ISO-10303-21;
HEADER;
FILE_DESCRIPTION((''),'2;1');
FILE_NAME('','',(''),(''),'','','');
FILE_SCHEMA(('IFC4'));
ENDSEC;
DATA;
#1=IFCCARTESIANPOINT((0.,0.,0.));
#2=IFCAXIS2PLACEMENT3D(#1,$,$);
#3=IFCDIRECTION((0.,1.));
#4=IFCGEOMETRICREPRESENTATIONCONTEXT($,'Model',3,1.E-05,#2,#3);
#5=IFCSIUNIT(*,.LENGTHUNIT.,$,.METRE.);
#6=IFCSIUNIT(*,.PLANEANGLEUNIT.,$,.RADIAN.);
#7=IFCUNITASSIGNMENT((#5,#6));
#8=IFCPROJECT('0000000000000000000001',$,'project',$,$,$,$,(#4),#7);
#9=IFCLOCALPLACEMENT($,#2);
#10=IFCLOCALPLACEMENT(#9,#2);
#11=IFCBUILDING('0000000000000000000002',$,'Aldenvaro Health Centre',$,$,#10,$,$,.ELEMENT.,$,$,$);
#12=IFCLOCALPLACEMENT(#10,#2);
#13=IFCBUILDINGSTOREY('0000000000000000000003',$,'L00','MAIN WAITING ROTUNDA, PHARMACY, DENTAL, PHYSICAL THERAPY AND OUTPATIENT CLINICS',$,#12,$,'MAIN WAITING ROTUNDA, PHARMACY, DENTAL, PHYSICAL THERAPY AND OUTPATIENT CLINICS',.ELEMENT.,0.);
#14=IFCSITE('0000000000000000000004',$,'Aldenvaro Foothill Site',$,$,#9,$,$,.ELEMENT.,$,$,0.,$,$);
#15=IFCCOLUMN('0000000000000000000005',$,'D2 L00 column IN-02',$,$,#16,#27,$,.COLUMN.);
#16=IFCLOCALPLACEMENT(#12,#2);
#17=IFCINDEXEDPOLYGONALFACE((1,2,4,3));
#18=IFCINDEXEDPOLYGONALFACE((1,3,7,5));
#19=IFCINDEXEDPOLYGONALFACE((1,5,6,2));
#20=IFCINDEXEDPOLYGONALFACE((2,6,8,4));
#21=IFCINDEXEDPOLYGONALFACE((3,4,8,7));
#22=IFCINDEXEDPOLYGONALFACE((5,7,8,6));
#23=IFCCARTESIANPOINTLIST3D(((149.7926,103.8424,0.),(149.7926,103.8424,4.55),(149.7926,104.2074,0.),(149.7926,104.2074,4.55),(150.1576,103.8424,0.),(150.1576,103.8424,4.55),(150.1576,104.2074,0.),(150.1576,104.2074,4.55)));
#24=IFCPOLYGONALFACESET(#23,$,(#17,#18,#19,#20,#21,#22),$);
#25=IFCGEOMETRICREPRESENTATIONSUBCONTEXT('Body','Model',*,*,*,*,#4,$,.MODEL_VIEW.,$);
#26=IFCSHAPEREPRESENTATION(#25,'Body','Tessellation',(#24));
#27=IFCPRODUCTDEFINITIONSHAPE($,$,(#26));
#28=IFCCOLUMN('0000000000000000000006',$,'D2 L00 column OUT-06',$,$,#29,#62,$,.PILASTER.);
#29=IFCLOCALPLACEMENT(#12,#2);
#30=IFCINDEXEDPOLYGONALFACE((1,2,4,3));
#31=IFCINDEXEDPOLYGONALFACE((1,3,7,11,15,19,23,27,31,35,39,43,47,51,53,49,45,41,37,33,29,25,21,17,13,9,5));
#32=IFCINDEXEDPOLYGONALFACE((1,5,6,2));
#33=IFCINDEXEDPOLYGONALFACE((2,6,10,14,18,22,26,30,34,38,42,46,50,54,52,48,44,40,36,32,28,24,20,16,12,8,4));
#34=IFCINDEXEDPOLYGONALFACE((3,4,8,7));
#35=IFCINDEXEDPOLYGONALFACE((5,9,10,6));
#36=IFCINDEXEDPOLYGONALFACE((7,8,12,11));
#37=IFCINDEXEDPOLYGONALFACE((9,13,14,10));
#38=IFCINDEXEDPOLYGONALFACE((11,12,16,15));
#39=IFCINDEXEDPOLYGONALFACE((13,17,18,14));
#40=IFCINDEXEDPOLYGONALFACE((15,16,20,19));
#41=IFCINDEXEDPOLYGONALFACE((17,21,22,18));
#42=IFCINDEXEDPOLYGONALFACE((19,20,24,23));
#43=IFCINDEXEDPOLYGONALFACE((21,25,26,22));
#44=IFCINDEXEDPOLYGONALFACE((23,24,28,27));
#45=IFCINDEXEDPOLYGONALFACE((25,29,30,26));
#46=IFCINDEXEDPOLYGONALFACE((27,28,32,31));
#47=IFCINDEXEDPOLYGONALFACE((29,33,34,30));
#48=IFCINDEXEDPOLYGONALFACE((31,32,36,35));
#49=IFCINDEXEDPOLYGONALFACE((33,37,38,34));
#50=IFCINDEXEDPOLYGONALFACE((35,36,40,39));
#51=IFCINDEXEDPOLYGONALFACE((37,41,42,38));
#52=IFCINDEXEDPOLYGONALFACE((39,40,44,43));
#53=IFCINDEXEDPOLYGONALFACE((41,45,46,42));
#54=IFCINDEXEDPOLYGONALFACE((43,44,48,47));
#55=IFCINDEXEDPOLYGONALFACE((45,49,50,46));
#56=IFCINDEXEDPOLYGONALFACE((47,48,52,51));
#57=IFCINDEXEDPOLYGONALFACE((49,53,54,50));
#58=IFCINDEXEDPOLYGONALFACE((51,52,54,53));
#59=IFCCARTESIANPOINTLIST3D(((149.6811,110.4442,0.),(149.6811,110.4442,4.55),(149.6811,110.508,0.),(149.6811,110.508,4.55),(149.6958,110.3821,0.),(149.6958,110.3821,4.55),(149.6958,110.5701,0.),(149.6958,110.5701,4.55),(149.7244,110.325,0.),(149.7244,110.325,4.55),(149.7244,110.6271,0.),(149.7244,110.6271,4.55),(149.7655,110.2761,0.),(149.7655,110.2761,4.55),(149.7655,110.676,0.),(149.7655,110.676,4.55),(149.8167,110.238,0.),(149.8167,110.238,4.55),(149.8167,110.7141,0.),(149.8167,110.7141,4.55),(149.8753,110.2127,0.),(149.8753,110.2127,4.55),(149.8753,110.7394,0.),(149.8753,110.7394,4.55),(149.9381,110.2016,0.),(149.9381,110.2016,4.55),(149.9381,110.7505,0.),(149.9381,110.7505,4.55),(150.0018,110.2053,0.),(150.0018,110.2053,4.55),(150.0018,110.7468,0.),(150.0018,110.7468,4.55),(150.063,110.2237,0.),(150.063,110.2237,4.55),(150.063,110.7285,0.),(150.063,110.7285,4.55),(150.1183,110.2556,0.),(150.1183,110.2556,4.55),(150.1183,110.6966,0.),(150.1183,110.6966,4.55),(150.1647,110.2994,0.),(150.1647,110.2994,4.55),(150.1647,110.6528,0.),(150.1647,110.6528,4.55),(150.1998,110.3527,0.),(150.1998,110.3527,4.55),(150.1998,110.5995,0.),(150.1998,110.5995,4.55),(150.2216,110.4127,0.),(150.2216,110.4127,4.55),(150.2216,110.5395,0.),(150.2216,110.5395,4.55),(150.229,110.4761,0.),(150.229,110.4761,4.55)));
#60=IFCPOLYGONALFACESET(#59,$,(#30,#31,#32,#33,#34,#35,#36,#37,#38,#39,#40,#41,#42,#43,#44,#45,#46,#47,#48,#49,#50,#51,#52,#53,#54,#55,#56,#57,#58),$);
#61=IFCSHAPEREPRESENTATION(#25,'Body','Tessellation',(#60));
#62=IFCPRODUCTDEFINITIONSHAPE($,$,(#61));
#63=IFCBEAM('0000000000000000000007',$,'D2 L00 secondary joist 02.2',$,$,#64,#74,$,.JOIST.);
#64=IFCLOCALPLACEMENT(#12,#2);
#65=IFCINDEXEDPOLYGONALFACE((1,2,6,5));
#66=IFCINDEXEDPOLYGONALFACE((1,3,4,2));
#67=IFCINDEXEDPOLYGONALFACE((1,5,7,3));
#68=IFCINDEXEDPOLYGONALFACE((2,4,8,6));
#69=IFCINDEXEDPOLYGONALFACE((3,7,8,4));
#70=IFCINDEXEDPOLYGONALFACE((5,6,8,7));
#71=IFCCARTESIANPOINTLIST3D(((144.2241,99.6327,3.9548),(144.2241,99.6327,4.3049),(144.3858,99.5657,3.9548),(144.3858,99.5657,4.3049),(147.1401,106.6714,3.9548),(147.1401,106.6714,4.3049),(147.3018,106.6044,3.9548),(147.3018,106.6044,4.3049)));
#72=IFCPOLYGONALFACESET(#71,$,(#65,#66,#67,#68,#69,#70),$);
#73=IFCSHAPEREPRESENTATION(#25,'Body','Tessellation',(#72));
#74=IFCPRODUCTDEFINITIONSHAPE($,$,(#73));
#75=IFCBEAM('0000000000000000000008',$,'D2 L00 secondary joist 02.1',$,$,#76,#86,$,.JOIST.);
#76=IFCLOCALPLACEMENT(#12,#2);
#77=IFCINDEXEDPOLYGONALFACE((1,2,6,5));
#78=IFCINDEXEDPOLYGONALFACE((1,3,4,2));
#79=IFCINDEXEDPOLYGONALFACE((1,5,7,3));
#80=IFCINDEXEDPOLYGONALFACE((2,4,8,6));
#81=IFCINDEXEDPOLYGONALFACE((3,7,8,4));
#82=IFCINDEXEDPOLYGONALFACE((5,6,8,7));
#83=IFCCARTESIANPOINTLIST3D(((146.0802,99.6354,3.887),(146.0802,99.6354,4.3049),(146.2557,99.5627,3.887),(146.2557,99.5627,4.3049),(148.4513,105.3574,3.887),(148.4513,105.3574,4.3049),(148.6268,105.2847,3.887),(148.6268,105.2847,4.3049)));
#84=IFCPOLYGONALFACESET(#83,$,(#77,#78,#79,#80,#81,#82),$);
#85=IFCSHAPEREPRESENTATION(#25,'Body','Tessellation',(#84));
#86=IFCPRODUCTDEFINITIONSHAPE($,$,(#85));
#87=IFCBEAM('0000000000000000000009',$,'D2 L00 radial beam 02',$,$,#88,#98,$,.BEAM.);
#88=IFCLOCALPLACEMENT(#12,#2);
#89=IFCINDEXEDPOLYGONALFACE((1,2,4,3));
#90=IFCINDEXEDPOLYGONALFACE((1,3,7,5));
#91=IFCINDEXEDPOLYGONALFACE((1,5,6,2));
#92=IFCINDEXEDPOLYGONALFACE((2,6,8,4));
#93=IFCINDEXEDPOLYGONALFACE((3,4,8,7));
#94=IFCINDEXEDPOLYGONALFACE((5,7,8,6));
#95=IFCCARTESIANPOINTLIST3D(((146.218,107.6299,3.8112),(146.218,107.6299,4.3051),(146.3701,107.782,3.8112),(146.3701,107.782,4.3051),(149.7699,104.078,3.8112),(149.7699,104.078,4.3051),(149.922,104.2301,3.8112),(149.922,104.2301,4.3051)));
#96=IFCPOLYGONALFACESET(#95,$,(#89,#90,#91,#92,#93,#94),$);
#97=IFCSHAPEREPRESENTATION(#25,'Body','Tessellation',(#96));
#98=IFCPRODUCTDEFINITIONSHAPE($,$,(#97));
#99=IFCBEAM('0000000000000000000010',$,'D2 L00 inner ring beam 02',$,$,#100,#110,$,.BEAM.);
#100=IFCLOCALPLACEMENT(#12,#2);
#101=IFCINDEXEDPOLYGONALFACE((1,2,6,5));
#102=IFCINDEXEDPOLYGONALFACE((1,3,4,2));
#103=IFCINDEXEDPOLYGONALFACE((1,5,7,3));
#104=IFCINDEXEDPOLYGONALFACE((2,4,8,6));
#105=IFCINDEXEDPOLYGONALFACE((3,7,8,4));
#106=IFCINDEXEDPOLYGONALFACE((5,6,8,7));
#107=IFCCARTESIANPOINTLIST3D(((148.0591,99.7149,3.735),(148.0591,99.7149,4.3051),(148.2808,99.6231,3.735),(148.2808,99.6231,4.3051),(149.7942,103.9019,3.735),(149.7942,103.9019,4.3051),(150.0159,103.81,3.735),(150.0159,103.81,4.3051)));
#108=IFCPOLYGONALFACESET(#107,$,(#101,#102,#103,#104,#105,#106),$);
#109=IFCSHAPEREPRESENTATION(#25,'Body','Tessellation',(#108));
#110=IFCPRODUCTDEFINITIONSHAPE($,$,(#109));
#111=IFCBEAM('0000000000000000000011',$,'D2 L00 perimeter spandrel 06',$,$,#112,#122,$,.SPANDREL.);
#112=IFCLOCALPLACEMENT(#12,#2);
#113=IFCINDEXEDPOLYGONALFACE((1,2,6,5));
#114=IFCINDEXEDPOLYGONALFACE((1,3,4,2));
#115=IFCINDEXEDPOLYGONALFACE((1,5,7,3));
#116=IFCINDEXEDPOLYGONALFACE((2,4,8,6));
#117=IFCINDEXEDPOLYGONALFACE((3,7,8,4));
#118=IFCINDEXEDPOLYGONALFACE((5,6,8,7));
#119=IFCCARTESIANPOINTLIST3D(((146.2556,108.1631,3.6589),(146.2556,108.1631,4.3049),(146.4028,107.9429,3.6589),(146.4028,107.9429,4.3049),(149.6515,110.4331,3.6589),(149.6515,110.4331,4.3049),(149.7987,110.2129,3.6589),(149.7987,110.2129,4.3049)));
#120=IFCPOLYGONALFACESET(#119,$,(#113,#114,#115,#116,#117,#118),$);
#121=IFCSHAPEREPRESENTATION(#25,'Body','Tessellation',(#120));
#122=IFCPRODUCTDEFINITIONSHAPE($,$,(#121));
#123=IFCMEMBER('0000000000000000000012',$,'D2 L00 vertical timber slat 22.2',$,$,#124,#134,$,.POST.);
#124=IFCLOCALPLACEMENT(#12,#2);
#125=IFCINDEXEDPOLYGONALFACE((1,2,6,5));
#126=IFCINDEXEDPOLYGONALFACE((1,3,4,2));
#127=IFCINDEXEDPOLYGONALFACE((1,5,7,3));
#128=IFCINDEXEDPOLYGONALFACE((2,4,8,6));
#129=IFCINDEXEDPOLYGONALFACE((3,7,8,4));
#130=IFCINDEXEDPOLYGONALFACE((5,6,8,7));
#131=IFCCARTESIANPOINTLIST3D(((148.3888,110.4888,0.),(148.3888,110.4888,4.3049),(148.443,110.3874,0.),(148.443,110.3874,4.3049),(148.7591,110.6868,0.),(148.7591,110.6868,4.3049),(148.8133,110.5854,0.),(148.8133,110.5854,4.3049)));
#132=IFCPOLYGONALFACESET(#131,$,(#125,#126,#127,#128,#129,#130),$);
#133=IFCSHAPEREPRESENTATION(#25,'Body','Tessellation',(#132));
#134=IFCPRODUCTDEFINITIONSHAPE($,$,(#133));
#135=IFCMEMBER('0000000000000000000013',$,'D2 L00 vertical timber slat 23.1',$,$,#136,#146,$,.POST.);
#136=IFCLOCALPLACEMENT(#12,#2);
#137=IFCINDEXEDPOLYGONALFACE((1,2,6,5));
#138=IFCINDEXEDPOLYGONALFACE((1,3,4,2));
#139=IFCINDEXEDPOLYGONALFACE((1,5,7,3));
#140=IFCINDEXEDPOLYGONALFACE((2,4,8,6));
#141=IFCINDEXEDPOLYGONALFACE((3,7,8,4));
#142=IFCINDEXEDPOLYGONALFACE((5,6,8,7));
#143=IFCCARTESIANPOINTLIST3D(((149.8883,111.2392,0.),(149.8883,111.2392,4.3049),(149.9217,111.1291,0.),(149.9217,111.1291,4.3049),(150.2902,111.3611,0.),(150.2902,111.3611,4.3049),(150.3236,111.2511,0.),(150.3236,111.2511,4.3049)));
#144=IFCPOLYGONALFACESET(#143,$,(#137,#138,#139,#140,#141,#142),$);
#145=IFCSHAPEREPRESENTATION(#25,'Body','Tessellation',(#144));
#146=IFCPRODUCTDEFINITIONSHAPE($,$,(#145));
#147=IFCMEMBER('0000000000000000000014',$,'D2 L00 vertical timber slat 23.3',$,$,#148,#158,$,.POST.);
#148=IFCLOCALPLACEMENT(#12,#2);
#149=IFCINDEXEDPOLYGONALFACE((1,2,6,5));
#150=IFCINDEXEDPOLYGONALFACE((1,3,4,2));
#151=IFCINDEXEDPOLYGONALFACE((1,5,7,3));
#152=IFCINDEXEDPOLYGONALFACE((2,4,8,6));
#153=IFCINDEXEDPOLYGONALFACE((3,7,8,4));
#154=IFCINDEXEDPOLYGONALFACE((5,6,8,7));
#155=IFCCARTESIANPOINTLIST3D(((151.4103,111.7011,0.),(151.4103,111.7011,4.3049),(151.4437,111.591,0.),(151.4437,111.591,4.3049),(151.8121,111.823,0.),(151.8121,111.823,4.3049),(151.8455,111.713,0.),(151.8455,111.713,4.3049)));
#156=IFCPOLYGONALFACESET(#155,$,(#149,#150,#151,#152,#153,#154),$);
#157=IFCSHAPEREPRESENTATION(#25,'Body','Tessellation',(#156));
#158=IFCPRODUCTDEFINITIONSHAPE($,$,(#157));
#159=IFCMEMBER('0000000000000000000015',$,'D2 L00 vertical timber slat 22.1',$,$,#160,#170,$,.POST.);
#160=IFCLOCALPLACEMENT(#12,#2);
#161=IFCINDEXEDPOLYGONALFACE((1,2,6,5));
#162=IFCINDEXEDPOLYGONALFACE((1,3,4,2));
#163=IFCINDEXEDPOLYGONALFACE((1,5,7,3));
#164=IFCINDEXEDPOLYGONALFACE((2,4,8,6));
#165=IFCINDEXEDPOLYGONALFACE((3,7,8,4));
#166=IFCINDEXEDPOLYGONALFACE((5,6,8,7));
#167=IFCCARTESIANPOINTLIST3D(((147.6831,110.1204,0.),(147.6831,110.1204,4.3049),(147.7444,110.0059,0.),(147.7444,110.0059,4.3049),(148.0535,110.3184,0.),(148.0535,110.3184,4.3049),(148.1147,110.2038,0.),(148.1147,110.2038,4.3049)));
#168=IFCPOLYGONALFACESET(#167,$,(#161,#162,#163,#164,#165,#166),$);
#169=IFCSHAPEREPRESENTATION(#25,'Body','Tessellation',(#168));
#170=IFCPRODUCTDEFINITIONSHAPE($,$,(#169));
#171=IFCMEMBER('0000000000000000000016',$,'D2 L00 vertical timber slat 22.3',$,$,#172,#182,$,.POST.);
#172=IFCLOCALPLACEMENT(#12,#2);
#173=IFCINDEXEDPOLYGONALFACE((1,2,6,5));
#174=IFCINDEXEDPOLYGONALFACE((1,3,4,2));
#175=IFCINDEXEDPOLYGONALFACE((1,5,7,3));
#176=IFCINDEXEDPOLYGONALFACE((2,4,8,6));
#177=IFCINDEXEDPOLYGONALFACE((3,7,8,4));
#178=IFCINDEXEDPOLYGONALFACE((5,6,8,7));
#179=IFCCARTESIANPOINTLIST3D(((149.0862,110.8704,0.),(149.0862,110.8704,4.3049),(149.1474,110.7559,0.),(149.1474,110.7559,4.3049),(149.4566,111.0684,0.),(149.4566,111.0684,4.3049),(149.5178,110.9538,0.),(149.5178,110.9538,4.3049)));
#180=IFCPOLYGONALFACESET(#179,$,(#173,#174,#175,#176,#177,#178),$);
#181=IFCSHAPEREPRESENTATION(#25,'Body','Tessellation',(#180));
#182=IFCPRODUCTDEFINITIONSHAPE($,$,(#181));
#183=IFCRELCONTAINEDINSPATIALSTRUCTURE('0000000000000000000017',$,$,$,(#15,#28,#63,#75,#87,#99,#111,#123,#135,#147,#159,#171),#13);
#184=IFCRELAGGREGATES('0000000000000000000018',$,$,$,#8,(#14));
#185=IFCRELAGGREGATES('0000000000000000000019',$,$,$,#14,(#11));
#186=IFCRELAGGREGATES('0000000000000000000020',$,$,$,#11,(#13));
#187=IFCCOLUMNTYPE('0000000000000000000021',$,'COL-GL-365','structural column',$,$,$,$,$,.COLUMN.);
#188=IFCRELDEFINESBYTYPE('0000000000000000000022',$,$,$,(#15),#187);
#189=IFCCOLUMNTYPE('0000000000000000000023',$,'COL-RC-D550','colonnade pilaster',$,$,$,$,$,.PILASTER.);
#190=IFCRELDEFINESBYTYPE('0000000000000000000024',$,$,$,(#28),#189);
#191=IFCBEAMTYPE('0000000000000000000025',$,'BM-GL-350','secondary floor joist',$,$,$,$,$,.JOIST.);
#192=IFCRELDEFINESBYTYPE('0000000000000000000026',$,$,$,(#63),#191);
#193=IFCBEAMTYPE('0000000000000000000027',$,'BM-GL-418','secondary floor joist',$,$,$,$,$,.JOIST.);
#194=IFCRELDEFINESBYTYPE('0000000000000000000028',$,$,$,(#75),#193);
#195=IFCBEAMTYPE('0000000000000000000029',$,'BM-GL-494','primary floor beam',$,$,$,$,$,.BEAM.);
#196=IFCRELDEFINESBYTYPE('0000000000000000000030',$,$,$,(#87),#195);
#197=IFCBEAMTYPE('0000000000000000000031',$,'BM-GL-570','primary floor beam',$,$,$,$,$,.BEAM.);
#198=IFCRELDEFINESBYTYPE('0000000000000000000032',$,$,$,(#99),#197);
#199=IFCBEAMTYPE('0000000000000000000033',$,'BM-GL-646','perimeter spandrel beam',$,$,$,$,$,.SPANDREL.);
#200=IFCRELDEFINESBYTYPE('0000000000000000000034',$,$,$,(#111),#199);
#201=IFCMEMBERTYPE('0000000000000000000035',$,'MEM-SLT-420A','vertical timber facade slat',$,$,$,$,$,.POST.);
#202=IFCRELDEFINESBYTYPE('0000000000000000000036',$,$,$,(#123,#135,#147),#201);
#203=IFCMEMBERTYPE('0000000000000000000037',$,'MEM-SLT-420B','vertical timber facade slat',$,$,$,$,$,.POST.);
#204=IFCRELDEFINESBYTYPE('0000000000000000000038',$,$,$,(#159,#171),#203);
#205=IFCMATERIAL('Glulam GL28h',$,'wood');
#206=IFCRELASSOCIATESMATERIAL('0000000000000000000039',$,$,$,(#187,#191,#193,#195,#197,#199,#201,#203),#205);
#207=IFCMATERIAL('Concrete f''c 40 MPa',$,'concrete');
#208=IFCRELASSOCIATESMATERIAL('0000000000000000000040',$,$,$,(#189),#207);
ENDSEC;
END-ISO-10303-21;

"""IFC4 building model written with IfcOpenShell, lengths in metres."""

from ifc_helpers import new_model, si_unit, direction, frame, origin, origin_2d, place, context, subcontext, project, spatial, rectangle, circle, extrude, material, material_profile, profile_set, type_object, element, save


model = new_model("IFC4")

# Units and contexts
model_context = context("Model", 3, precision=1e-05, world=origin(), true_north=direction((0.0, 1.0)))
body_context = subcontext(model_context, "Body", "Model", "MODEL_VIEW")
ifc_project = project(units=[si_unit("LENGTHUNIT", "METRE"), si_unit("PLANEANGLEUNIT", "RADIAN")], contexts=[model_context])

# Site, building, storey
site_placement = place(None, origin())
site = spatial("IfcSite", under=ifc_project, at=site_placement, Name="Aldenvaro Foothill Site", CompositionType="ELEMENT", RefElevation=0.0)
building_placement = place(site_placement, origin())
building = spatial("IfcBuilding", under=site, at=building_placement, Name="Aldenvaro Health Centre", CompositionType="ELEMENT")
storey_placement = place(building_placement, origin())
storey = spatial("IfcBuildingStorey", under=building, at=storey_placement, Name="L00", Description="MAIN WAITING ROTUNDA, PHARMACY, DENTAL, PHYSICAL THERAPY AND OUTPATIENT CLINICS", LongName="MAIN WAITING ROTUNDA, PHARMACY, DENTAL, PHYSICAL THERAPY AND OUTPATIENT CLINICS", CompositionType="ELEMENT", Elevation=0.0)

# Columns
ifc_material_1 = material(Name="Glulam GL28h", Category="wood")
ifc_material_profile_1 = material_profile(ifc_material_1, rectangle(XDim=0.365, YDim=0.365, at=origin_2d()), Name="GL 365x365", Category="wood")
ifc_profile_set_1 = profile_set([ifc_material_profile_1], Name="Glulam GL28h")
column_type_1 = type_object("IfcColumnType", Name="COL-GL-365", Description="structural column", PredefinedType="COLUMN", material=ifc_profile_set_1)
column_1_placement = place(storey_placement, frame((149.9751, 104.0249, 0.0), z_axis=(0.0, 0.0, 1.0), x_axis=(1.0, 0.0, 0.0)))
element("IfcColumn", 1, at=column_1_placement, inside=storey, type_object=column_type_1, Name="D2 L00 column IN-02", PredefinedType="COLUMN", context=body_context, shape_type="SweptSolid", body=[
    extrude(rectangle(XDim=0.365, YDim=0.365, at=origin_2d()), origin(), (0.0, 0.0, 1.0), 4.55),
])
ifc_material_2 = material(Name="Concrete f'c 40 MPa", Category="concrete")
ifc_material_profile_2 = material_profile(ifc_material_2, circle(Radius=0.2749, at=origin_2d()), Name="RC D550", Category="concrete")
ifc_profile_set_2 = profile_set([ifc_material_profile_2], Name="Concrete f'c 40 MPa")
column_type_2 = type_object("IfcColumnType", Name="COL-RC-D550", Description="colonnade pilaster", PredefinedType="PILASTER", material=ifc_profile_set_2)
column_2_placement = place(storey_placement, frame((149.9541, 110.4761, 0.0), z_axis=(0.0, 0.0, 1.0), x_axis=(1.0, 0.0, 0.0)))
element("IfcColumn", 2, at=column_2_placement, inside=storey, type_object=column_type_2, Name="D2 L00 column OUT-06", PredefinedType="PILASTER", context=body_context, shape_type="SweptSolid", body=[
    extrude(circle(Radius=0.2749, at=origin_2d()), origin(), (0.0, 0.0, 1.0), 4.55),
])

# Beams
ifc_material_profile_3 = material_profile(ifc_material_1, rectangle(XDim=0.175, YDim=0.3501, at=origin_2d()), Name="GL 175x350", Category="wood")
ifc_profile_set_3 = profile_set([ifc_material_profile_3], Name="Glulam GL28h")
beam_type_1 = type_object("IfcBeamType", Name="BM-GL-350", Description="secondary floor joist", PredefinedType="JOIST", material=ifc_profile_set_3)
beam_1_placement = place(storey_placement, frame((147.2209, 106.6379, 4.1299), z_axis=(-0.382733, -0.923859, 0.0), x_axis=(0.923859, -0.382733, 0.0)))
element("IfcBeam", 3, at=beam_1_placement, inside=storey, type_object=beam_type_1, Name="D2 L00 secondary joist 02.2", PredefinedType="JOIST", context=body_context, shape_type="SweptSolid", body=[
    extrude(rectangle(XDim=0.175, YDim=0.3501, at=origin_2d()), origin(), (0.0, 0.0, 1.0), 7.6189),
])
ifc_material_profile_4 = material_profile(ifc_material_1, rectangle(XDim=0.1899, YDim=0.418, at=origin_2d()), Name="GL 190x418", Category="wood")
ifc_profile_set_4 = profile_set([ifc_material_profile_4], Name="Glulam GL28h")
beam_type_2 = type_object("IfcBeamType", Name="BM-GL-418", Description="secondary floor joist", PredefinedType="JOIST", material=ifc_profile_set_4)
beam_2_placement = place(storey_placement, frame((148.5391, 105.321, 4.0959), z_axis=(-0.382821, -0.923823, 0.0), x_axis=(0.923823, -0.382821, 0.0)))
element("IfcBeam", 4, at=beam_2_placement, inside=storey, type_object=beam_type_2, Name="D2 L00 secondary joist 02.1", PredefinedType="JOIST", context=body_context, shape_type="SweptSolid", body=[
    extrude(rectangle(XDim=0.1899, YDim=0.418, at=origin_2d()), origin(), (0.0, 0.0, 1.0), 6.1938),
])
ifc_material_profile_5 = material_profile(ifc_material_1, rectangle(XDim=0.2151, YDim=0.4939, at=origin_2d()), Name="GL 215x494", Category="wood")
ifc_profile_set_5 = profile_set([ifc_material_profile_5], Name="Glulam GL28h")
beam_type_3 = type_object("IfcBeamType", Name="BM-GL-494", Description="primary floor beam", PredefinedType="BEAM", material=ifc_profile_set_5)
beam_3_placement = place(storey_placement, frame((149.8459, 104.1541, 4.0581), z_axis=(-0.707107, 0.707107, 0.0), x_axis=(-0.707107, -0.707107, 0.0)))
element("IfcBeam", 5, at=beam_3_placement, inside=storey, type_object=beam_type_3, Name="D2 L00 radial beam 02", PredefinedType="BEAM", context=body_context, shape_type="SweptSolid", body=[
    extrude(rectangle(XDim=0.2151, YDim=0.4939, at=origin_2d()), origin(), (0.0, 0.0, 1.0), 5.0232),
])
ifc_material_profile_6 = material_profile(ifc_material_1, rectangle(XDim=0.24, YDim=0.5701, at=origin_2d()), Name="GL 240x570", Category="wood")
ifc_profile_set_6 = profile_set([ifc_material_profile_6], Name="Glulam GL28h")
beam_type_4 = type_object("IfcBeamType", Name="BM-GL-570", Description="primary floor beam", PredefinedType="BEAM", material=ifc_profile_set_6)
beam_4_placement = place(storey_placement, frame((149.905, 103.856, 4.02), z_axis=(-0.382832, -0.923818, 0.0), x_axis=(0.923818, -0.382832, 0.0)))
element("IfcBeam", 6, at=beam_4_placement, inside=storey, type_object=beam_type_4, Name="D2 L00 inner ring beam 02", PredefinedType="BEAM", context=body_context, shape_type="SweptSolid", body=[
    extrude(rectangle(XDim=0.24, YDim=0.5701, at=origin_2d()), origin(), (0.0, 0.0, 1.0), 4.5322),
])
ifc_material_profile_7 = material_profile(ifc_material_1, rectangle(XDim=0.2649, YDim=0.646, at=origin_2d()), Name="GL 265x646", Category="wood")
ifc_profile_set_7 = profile_set([ifc_material_profile_7], Name="Glulam GL28h")
beam_type_5 = type_object("IfcBeamType", Name="BM-GL-646", Description="perimeter spandrel beam", PredefinedType="SPANDREL", material=ifc_profile_set_7)
beam_5_placement = place(storey_placement, frame((149.7251, 110.323, 3.9819), z_axis=(-0.831369, -0.55572, 0.0), x_axis=(0.55572, -0.831369, 0.0)))
element("IfcBeam", 7, at=beam_5_placement, inside=storey, type_object=beam_type_5, Name="D2 L00 perimeter spandrel 06", PredefinedType="SPANDREL", context=body_context, shape_type="SweptSolid", body=[
    extrude(rectangle(XDim=0.2649, YDim=0.646, at=origin_2d()), origin(), (0.0, 0.0, 1.0), 4.0847),
])

# Members
ifc_material_profile_8 = material_profile(ifc_material_1, rectangle(XDim=0.115, YDim=0.4199, at=origin_2d()), Name="GL 115x420", Category="wood")
ifc_profile_set_8 = profile_set([ifc_material_profile_8], Name="Glulam GL28h")
member_type_1 = type_object("IfcMemberType", Name="MEM-SLT-420A", Description="vertical timber facade slat", PredefinedType="POST", material=ifc_profile_set_8)
for number, where, z_axis, x_axis, name in (
    (8, (148.6011, 110.5371, 0.0), (0.0, 0.0, 1.0), (-0.471399, 0.88192, 0.0), "D2 L00 vertical timber slat 22.2"),
    (9, (150.106, 111.2451, 0.0), (0.0, 0.0, 1.0), (-0.290441, 0.956893, 0.0), "D2 L00 vertical timber slat 23.1"),
    (10, (151.6279, 111.707, 0.0), (0.0, 0.0, 1.0), (-0.290441, 0.956893, 0.0), "D2 L00 vertical timber slat 23.3"),
):
    element("IfcMember", number, at=place(storey_placement, frame(where, z_axis=z_axis, x_axis=x_axis)), inside=storey, type_object=member_type_1, Name=name, PredefinedType="POST", context=body_context, shape_type="SweptSolid", body=[
        extrude(rectangle(XDim=0.115, YDim=0.4199, at=origin_2d()), origin(), (0.0, 0.0, 1.0), 4.3049),
    ])
ifc_material_profile_9 = material_profile(ifc_material_1, rectangle(XDim=0.1299, YDim=0.4199, at=origin_2d()), Name="GL 130x420", Category="wood")
ifc_profile_set_9 = profile_set([ifc_material_profile_9], Name="Glulam GL28h")
member_type_2 = type_object("IfcMemberType", Name="MEM-SLT-420B", Description="vertical timber facade slat", PredefinedType="POST", material=ifc_profile_set_9)
for number, where, z_axis, x_axis, name in (
    (11, (147.8989, 110.1621, 0.0), (0.0, 0.0, 1.0), (-0.471399, 0.88192, 0.0), "D2 L00 vertical timber slat 22.1"),
    (12, (149.302, 110.9121, 0.0), (0.0, 0.0, 1.0), (-0.471399, 0.88192, 0.0), "D2 L00 vertical timber slat 22.3"),
):
    element("IfcMember", number, at=place(storey_placement, frame(where, z_axis=z_axis, x_axis=x_axis)), inside=storey, type_object=member_type_2, Name=name, PredefinedType="POST", context=body_context, shape_type="SweptSolid", body=[
        extrude(rectangle(XDim=0.1299, YDim=0.4199, at=origin_2d()), origin(), (0.0, 0.0, 1.0), 4.3049),
    ])

save(model, "model.ifc")
